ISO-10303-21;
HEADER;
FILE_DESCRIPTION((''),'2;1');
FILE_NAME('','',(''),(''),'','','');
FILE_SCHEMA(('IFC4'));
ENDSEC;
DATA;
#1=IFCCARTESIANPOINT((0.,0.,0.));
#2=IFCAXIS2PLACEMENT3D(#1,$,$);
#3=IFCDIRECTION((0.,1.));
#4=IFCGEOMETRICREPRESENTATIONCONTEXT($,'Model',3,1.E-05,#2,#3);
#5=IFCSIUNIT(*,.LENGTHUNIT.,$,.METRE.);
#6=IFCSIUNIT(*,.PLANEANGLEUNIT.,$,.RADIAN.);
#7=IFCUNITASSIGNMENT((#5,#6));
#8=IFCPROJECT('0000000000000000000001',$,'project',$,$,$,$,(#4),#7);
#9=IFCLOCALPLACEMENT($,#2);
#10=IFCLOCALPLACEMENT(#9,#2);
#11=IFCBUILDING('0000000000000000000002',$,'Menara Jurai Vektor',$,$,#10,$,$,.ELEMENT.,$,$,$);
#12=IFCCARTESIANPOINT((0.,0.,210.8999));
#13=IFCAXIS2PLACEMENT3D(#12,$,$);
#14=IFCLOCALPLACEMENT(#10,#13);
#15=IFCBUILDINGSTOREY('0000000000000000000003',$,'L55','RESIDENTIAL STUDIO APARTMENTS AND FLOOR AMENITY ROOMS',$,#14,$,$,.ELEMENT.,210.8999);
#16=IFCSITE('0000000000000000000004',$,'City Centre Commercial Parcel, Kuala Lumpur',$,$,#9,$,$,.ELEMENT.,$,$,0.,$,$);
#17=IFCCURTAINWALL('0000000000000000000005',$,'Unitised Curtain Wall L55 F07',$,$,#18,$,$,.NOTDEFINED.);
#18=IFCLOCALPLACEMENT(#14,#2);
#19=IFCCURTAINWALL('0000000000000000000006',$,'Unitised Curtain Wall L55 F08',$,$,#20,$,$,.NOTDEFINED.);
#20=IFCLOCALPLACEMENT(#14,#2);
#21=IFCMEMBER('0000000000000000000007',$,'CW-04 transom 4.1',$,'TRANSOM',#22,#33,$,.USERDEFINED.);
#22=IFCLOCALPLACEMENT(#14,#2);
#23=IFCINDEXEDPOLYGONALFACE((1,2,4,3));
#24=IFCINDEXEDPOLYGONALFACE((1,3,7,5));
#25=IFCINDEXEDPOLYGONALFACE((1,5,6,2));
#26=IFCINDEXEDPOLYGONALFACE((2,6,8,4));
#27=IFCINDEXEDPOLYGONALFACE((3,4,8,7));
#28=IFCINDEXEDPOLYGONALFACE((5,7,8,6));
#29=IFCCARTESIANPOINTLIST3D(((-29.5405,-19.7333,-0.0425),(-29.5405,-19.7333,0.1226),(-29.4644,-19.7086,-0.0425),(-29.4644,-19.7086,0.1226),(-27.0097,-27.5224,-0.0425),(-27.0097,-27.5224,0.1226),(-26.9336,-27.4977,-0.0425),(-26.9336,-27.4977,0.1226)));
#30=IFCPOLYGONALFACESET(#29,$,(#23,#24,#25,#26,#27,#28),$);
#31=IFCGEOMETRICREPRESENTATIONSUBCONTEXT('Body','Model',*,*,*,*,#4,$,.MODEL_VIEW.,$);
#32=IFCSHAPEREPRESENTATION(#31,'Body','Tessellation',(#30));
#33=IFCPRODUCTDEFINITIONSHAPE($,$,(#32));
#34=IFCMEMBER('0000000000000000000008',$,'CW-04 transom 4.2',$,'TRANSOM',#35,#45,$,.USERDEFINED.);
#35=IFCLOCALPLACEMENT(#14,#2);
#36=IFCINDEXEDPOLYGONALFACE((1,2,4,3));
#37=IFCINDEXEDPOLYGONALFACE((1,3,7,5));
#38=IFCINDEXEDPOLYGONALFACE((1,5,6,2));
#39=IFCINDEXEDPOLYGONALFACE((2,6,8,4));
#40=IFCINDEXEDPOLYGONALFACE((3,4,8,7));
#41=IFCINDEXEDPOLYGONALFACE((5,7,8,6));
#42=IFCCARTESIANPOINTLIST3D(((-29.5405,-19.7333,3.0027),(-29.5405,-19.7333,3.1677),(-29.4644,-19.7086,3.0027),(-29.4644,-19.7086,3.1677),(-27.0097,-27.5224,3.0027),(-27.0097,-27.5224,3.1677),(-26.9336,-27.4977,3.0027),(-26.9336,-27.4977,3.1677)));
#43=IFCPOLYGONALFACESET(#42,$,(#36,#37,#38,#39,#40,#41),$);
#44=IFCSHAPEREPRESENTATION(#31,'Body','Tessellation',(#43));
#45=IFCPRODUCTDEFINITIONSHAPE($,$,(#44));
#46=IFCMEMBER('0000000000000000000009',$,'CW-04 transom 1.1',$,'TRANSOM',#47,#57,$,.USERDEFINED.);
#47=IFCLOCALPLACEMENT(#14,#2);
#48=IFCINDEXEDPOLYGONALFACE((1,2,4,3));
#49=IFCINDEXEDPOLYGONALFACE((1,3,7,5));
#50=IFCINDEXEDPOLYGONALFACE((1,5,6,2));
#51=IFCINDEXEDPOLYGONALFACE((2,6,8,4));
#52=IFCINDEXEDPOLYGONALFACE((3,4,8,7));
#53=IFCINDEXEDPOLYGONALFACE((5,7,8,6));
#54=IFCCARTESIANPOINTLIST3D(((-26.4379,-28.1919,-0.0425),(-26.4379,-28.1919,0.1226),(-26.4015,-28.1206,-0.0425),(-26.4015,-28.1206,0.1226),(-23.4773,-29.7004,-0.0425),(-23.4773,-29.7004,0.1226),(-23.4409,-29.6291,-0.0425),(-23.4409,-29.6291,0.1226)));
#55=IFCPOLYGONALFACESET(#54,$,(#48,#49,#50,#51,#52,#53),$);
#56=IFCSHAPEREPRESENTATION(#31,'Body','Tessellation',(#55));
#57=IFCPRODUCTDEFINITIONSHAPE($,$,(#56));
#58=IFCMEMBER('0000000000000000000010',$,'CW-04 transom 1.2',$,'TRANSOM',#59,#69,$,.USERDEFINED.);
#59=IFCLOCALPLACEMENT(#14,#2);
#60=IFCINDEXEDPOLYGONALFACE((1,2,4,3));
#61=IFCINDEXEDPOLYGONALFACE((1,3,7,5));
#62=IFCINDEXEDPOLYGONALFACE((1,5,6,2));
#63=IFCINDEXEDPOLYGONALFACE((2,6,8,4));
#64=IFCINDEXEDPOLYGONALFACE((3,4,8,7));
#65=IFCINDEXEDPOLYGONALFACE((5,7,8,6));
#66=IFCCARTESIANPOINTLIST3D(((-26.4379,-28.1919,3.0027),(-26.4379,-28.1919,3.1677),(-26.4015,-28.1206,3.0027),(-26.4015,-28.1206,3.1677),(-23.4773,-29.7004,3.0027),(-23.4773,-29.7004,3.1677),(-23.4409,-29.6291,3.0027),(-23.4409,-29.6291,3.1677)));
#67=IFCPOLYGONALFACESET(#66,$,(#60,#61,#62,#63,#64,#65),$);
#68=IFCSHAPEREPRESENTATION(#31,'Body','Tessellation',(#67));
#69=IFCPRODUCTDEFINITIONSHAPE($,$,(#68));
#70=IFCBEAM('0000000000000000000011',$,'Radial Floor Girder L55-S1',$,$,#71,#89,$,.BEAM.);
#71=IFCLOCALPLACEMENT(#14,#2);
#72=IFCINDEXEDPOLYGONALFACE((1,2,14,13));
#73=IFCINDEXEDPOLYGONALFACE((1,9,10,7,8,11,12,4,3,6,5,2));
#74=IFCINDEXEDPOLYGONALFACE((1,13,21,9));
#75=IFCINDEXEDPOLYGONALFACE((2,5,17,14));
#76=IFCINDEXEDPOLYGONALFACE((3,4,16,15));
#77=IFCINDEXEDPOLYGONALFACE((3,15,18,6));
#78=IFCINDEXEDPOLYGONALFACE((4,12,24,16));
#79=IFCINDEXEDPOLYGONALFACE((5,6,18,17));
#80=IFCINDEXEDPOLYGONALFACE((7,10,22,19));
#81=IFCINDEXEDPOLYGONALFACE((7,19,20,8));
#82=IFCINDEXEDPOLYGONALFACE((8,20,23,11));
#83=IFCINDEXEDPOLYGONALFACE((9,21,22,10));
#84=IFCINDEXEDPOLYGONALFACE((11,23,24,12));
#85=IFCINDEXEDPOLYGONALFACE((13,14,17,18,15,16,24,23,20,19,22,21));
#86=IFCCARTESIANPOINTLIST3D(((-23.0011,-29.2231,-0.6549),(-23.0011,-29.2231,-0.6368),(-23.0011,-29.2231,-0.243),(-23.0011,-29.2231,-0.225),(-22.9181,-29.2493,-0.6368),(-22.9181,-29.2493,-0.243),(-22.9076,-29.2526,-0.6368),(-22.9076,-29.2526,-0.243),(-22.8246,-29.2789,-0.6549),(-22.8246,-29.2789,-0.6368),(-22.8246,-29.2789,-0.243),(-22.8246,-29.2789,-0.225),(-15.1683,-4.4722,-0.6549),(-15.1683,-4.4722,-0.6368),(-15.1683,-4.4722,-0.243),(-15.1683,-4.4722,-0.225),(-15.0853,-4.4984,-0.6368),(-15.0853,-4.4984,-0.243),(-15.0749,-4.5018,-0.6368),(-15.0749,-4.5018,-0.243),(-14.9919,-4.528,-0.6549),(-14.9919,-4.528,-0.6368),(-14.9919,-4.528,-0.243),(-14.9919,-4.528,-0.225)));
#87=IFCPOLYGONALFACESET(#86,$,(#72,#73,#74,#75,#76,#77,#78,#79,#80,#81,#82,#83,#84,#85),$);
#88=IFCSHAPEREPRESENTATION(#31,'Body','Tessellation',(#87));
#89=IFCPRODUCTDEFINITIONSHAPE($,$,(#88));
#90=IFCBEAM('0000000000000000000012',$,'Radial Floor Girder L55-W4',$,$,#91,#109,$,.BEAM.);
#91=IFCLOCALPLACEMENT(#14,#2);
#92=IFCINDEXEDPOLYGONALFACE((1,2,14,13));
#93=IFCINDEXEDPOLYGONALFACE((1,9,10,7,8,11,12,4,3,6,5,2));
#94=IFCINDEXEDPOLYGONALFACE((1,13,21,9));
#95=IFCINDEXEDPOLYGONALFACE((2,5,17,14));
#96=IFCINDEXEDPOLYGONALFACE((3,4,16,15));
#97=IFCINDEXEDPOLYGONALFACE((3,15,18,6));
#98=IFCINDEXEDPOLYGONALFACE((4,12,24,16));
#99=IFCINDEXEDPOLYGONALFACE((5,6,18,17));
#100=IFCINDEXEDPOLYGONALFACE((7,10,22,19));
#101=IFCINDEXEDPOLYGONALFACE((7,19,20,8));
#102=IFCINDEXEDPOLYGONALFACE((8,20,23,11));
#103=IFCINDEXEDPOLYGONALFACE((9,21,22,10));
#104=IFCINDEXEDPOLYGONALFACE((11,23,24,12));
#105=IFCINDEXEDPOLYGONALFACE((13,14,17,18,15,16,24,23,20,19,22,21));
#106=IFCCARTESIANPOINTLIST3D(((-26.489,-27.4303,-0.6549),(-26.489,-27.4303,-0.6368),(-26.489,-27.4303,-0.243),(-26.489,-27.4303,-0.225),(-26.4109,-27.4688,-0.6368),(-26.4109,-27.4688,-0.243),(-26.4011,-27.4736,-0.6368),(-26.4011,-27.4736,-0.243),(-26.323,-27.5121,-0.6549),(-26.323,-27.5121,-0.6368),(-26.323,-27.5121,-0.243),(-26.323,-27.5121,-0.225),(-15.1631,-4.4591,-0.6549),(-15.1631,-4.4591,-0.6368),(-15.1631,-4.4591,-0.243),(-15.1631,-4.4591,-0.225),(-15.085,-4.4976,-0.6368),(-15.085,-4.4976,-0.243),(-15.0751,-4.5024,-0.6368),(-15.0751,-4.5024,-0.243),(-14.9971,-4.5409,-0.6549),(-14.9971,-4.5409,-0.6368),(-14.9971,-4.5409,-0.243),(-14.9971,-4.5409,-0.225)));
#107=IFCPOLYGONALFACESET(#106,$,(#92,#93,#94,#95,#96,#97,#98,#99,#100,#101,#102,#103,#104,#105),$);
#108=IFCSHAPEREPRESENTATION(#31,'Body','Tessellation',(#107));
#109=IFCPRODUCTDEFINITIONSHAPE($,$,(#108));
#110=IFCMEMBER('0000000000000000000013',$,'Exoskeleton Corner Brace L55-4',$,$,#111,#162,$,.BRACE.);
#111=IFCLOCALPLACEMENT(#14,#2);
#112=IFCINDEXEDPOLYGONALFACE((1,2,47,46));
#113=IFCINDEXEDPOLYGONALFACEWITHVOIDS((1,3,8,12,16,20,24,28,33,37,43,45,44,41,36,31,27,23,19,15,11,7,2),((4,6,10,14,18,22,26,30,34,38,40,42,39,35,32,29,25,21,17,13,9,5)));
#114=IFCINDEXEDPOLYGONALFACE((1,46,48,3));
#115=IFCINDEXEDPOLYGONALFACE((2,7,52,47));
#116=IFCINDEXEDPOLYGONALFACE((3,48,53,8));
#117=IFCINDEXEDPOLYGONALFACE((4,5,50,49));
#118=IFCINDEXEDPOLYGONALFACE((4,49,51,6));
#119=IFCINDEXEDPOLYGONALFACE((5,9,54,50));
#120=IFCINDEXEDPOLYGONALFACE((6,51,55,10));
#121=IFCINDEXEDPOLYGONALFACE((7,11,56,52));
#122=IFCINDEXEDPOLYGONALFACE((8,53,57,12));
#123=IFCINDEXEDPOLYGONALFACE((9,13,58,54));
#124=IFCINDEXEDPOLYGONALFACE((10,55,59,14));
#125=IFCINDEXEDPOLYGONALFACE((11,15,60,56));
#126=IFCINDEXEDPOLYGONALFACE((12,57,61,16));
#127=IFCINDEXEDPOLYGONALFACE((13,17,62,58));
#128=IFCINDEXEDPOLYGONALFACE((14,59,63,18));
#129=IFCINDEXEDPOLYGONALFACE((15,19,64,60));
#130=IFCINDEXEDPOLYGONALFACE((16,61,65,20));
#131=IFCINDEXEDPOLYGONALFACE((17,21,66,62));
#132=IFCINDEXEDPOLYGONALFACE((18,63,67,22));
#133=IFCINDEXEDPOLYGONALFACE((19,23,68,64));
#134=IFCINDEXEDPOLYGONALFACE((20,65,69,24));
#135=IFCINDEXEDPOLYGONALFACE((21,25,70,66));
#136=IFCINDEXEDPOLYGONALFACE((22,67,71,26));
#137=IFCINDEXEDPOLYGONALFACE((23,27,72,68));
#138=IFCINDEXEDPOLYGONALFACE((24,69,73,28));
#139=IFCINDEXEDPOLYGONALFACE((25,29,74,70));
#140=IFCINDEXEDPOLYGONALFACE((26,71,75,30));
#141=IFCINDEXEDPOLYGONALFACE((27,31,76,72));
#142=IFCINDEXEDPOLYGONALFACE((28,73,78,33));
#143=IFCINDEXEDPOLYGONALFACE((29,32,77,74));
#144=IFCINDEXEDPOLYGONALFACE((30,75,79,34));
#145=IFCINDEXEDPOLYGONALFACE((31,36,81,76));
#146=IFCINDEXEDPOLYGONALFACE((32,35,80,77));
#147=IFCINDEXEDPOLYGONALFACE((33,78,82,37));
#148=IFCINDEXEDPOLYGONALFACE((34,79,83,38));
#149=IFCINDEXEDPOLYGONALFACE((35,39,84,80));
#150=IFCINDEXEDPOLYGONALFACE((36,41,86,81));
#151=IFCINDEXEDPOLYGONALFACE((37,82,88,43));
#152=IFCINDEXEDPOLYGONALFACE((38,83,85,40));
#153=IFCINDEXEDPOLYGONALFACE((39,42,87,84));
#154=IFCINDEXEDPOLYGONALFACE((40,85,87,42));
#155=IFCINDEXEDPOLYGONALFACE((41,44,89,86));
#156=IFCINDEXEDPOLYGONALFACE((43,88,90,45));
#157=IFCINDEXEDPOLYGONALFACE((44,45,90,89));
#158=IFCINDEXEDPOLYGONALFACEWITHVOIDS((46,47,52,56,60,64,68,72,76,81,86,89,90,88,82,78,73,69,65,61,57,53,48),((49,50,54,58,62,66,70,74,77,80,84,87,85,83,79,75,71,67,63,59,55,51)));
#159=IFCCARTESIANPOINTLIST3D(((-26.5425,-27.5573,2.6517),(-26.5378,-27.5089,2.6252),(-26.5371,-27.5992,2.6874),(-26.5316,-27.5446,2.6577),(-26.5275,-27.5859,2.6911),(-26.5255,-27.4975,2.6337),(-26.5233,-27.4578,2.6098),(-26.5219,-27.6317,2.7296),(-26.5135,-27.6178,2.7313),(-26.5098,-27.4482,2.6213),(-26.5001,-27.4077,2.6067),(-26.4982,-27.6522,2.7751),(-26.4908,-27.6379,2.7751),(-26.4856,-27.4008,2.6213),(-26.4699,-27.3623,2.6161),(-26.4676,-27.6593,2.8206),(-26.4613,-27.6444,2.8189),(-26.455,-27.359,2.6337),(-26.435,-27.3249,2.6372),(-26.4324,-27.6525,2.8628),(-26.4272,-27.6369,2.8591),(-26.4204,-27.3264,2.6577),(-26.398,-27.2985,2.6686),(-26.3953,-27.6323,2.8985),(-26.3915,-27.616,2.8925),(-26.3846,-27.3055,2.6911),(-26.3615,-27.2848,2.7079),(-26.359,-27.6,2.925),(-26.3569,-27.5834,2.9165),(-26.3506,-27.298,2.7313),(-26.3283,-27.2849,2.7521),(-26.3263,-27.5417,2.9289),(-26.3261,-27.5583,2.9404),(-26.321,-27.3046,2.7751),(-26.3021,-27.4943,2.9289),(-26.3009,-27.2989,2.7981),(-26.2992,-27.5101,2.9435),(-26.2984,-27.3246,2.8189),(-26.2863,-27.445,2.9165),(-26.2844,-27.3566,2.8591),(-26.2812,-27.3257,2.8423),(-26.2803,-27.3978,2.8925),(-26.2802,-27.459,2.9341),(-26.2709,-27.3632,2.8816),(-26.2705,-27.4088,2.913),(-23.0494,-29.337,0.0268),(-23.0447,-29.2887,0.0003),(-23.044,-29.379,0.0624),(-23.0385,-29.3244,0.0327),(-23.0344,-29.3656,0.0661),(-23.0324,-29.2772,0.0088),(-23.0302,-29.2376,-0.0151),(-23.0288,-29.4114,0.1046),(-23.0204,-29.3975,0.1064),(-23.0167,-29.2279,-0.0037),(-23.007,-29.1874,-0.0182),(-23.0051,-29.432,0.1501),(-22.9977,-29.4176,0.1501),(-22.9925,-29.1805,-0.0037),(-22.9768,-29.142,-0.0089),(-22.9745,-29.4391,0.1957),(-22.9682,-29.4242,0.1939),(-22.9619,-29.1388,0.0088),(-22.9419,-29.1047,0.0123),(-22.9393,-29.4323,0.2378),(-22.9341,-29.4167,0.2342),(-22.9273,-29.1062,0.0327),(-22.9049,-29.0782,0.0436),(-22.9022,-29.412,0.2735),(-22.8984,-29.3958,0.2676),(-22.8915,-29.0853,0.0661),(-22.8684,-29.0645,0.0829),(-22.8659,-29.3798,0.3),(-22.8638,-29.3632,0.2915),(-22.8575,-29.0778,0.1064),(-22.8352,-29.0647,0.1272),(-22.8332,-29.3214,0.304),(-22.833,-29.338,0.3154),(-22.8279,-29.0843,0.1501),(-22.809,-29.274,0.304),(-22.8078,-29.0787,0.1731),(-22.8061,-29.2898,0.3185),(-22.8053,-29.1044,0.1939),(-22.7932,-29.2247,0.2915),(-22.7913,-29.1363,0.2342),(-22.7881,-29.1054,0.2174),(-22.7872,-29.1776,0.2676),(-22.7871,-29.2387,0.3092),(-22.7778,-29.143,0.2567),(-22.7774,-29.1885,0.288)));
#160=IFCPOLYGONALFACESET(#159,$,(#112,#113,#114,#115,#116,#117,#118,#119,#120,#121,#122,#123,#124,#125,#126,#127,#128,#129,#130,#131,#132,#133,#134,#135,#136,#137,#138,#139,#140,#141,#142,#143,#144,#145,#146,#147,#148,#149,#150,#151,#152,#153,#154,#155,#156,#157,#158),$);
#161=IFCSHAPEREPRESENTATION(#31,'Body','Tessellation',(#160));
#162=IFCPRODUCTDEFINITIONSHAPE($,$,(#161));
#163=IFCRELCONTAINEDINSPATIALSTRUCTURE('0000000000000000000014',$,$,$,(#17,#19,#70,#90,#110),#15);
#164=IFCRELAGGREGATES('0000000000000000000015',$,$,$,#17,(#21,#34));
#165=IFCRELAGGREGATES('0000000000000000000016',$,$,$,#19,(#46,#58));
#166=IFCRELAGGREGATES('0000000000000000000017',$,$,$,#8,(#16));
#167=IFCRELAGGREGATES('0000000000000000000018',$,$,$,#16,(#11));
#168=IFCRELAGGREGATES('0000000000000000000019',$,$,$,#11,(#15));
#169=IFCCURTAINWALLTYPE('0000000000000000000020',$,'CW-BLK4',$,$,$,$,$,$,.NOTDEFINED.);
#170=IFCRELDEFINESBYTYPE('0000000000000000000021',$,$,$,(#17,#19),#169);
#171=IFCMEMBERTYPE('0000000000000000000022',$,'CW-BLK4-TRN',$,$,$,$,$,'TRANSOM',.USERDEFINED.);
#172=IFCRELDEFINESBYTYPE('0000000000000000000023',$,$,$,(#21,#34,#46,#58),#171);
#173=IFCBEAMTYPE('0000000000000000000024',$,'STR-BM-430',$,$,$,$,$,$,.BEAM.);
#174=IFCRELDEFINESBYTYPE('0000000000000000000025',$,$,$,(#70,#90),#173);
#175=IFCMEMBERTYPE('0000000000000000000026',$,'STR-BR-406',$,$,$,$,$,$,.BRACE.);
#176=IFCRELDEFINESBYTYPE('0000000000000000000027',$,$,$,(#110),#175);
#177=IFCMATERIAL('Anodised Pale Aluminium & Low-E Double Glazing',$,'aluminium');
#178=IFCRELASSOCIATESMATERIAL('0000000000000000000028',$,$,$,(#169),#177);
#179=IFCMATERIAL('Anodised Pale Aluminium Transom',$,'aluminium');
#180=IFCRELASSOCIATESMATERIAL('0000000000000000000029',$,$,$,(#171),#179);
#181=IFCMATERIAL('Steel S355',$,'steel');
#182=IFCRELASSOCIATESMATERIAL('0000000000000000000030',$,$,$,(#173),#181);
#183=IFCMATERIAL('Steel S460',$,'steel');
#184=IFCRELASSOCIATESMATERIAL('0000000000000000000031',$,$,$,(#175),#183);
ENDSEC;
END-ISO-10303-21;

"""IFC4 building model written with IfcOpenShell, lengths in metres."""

from ifc_helpers import new_model, si_unit, direction, frame, origin, origin_2d, place, context, subcontext, project, spatial, rectangle, hollow_circle, i_section, extrude, material, material_profile, profile_set, type_object, element, aggregate, save


model = new_model("IFC4")

# Units and contexts
model_context = context("Model", 3, precision=1e-05, world=origin(), true_north=direction((0.0, 1.0)))
body_context = subcontext(model_context, "Body", "Model", "MODEL_VIEW")
ifc_project = project(units=[si_unit("LENGTHUNIT", "METRE"), si_unit("PLANEANGLEUNIT", "RADIAN")], contexts=[model_context])

# Site, building, storey
site_placement = place(None, origin())
site = spatial("IfcSite", under=ifc_project, at=site_placement, Name="City Centre Commercial Parcel, Kuala Lumpur", CompositionType="ELEMENT", RefElevation=0.0)
building_placement = place(site_placement, origin())
building = spatial("IfcBuilding", under=site, at=building_placement, Name="Menara Jurai Vektor", CompositionType="ELEMENT")
storey_placement = place(building_placement, frame((0.0, 0.0, 210.8999)))
storey = spatial("IfcBuildingStorey", under=building, at=storey_placement, Name="L55", Description="RESIDENTIAL STUDIO APARTMENTS AND FLOOR AMENITY ROOMS", CompositionType="ELEMENT", Elevation=210.8999)

# Shared definitions
ifc_material_1 = material(Name="Steel S460", Category="steel")

# Shared definitions
ifc_material_2 = material(Name="Anodised Pale Aluminium & Low-E Double Glazing", Category="aluminium")
curtain_wall_type = type_object("IfcCurtainWallType", Name="CW-BLK4", PredefinedType="NOTDEFINED", material=ifc_material_2)

# Curtain walls
curtain_wall_1_placement = place(storey_placement, origin())
curtain_wall_1 = element("IfcCurtainWall", 1, at=curtain_wall_1_placement, inside=storey, type_object=curtain_wall_type, Name="Unitised Curtain Wall L55 F07", PredefinedType="NOTDEFINED")
curtain_wall_2_placement = place(storey_placement, origin())
curtain_wall_2 = element("IfcCurtainWall", 2, at=curtain_wall_2_placement, inside=storey, type_object=curtain_wall_type, Name="Unitised Curtain Wall L55 F08", PredefinedType="NOTDEFINED")

# Members
ifc_material_3 = material(Name="Anodised Pale Aluminium Transom", Category="aluminium")
ifc_material_profile_1 = material_profile(ifc_material_3, rectangle(XDim=0.0801, YDim=0.165, at=origin_2d()), Name="ALU TRN 80x165")
ifc_profile_set_1 = profile_set([ifc_material_profile_1], Name="Anodised Pale Aluminium Transom")
member_type_1 = type_object("IfcMemberType", Name="CW-BLK4-TRN", ElementType="TRANSOM", PredefinedType="USERDEFINED", material=ifc_profile_set_1)
member_1_placement = place(storey_placement, frame((-29.5024, -19.7209, 0.04), z_axis=(0.309011, -0.951059, 0.0), x_axis=(0.951059, 0.309011, 0.0)))
member_1 = element("IfcMember", 3, at=member_1_placement, type_object=member_type_1, Name="CW-04 transom 4.1", ObjectType="TRANSOM", PredefinedType="USERDEFINED", context=body_context, shape_type="SweptSolid", body=[
    extrude(rectangle(XDim=0.0801, YDim=0.165, at=origin_2d()), origin(), (0.0, 0.0, 1.0), 8.1899),
])
member_2_placement = place(storey_placement, frame((-29.5024, -19.7209, 3.0852), z_axis=(0.309011, -0.951059, 0.0), x_axis=(0.951059, 0.309011, 0.0)))
member_2 = element("IfcMember", 4, at=member_2_placement, type_object=member_type_1, Name="CW-04 transom 4.2", ObjectType="TRANSOM", PredefinedType="USERDEFINED", context=body_context, shape_type="SweptSolid", body=[
    extrude(rectangle(XDim=0.0801, YDim=0.165, at=origin_2d()), origin(), (0.0, 0.0, 1.0), 8.1899),
])
member_3_placement = place(storey_placement, frame((-26.4197, -28.1562, 0.04), z_axis=(0.891007, -0.45399, 0.0), x_axis=(0.45399, 0.891007, 0.0)))
member_3 = element("IfcMember", 5, at=member_3_placement, type_object=member_type_1, Name="CW-04 transom 1.1", ObjectType="TRANSOM", PredefinedType="USERDEFINED", context=body_context, shape_type="SweptSolid", body=[
    extrude(rectangle(XDim=0.0801, YDim=0.165, at=origin_2d()), origin(), (0.0, 0.0, 1.0), 3.3228),
])
member_4_placement = place(storey_placement, frame((-26.4197, -28.1562, 3.0852), z_axis=(0.891007, -0.45399, 0.0), x_axis=(0.45399, 0.891007, 0.0)))
member_4 = element("IfcMember", 6, at=member_4_placement, type_object=member_type_1, Name="CW-04 transom 1.2", ObjectType="TRANSOM", PredefinedType="USERDEFINED", context=body_context, shape_type="SweptSolid", body=[
    extrude(rectangle(XDim=0.0801, YDim=0.165, at=origin_2d()), origin(), (0.0, 0.0, 1.0), 3.3228),
])

# Beams
ifc_material_4 = material(Name="Steel S355", Category="steel")
ifc_material_profile_2 = material_profile(ifc_material_4, i_section(OverallWidth=0.1851, OverallDepth=0.4299, WebThickness=0.011, FlangeThickness=0.0181, at=origin_2d()), Name="PG 430x185x76")
ifc_profile_set_2 = profile_set([ifc_material_profile_2], Name="Steel S355")
beam_type_1 = type_object("IfcBeamType", Name="STR-BM-430", PredefinedType="BEAM", material=ifc_profile_set_2)
beam_1_placement = place(storey_placement, frame((-22.9128, -29.251, -0.4399), z_axis=(0.301715, 0.953398, 0.0), x_axis=(-0.953398, 0.301715, 0.0)))
element("IfcBeam", 7, at=beam_1_placement, inside=storey, type_object=beam_type_1, Name="Radial Floor Girder L55-S1", PredefinedType="BEAM", context=body_context, shape_type="SweptSolid", body=[
    extrude(i_section(OverallWidth=0.1851, OverallDepth=0.4299, WebThickness=0.011, FlangeThickness=0.0181, at=origin_2d()), origin(), (0.0, 0.0, 1.0), 25.9607),
])
beam_2_placement = place(storey_placement, frame((-26.406, -27.4712, -0.4399), z_axis=(0.442219, 0.896907, 0.0), x_axis=(-0.896907, 0.442219, 0.0)))
element("IfcBeam", 8, at=beam_2_placement, inside=storey, type_object=beam_type_1, Name="Radial Floor Girder L55-W4", PredefinedType="BEAM", context=body_context, shape_type="SweptSolid", body=[
    extrude(i_section(OverallWidth=0.1851, OverallDepth=0.4299, WebThickness=0.011, FlangeThickness=0.0181, at=origin_2d()), origin(), (0.0, 0.0, 1.0), 25.6116),
])

# Member
ifc_material_profile_3 = material_profile(ifc_material_1, hollow_circle(Radius=0.2031, WallThickness=0.0161, at=origin_2d()), Name="CHS 406.4x16")
ifc_profile_set_3 = profile_set([ifc_material_profile_3], Name="Steel S460")
member_type_2 = type_object("IfcMemberType", Name="STR-BR-406", PredefinedType="BRACE", material=ifc_profile_set_3)
member_5_placement = place(storey_placement, frame((-22.9128, -29.251, 0.1501), z_axis=(-0.740375, 0.377225, 0.556368), x_axis=(-0.453976, -0.891014, 0.0)))
element("IfcMember", 9, at=member_5_placement, inside=storey, type_object=member_type_2, Name="Exoskeleton Corner Brace L55-4", PredefinedType="BRACE", context=body_context, shape_type="SweptSolid", body=[
    extrude(hollow_circle(Radius=0.2031, WallThickness=0.0161, at=origin_2d()), origin(), (0.0, 0.0, 1.0), 4.718),
])

aggregate(curtain_wall_1, [member_1, member_2])
aggregate(curtain_wall_2, [member_3, member_4])

save(model, "model.ifc")
